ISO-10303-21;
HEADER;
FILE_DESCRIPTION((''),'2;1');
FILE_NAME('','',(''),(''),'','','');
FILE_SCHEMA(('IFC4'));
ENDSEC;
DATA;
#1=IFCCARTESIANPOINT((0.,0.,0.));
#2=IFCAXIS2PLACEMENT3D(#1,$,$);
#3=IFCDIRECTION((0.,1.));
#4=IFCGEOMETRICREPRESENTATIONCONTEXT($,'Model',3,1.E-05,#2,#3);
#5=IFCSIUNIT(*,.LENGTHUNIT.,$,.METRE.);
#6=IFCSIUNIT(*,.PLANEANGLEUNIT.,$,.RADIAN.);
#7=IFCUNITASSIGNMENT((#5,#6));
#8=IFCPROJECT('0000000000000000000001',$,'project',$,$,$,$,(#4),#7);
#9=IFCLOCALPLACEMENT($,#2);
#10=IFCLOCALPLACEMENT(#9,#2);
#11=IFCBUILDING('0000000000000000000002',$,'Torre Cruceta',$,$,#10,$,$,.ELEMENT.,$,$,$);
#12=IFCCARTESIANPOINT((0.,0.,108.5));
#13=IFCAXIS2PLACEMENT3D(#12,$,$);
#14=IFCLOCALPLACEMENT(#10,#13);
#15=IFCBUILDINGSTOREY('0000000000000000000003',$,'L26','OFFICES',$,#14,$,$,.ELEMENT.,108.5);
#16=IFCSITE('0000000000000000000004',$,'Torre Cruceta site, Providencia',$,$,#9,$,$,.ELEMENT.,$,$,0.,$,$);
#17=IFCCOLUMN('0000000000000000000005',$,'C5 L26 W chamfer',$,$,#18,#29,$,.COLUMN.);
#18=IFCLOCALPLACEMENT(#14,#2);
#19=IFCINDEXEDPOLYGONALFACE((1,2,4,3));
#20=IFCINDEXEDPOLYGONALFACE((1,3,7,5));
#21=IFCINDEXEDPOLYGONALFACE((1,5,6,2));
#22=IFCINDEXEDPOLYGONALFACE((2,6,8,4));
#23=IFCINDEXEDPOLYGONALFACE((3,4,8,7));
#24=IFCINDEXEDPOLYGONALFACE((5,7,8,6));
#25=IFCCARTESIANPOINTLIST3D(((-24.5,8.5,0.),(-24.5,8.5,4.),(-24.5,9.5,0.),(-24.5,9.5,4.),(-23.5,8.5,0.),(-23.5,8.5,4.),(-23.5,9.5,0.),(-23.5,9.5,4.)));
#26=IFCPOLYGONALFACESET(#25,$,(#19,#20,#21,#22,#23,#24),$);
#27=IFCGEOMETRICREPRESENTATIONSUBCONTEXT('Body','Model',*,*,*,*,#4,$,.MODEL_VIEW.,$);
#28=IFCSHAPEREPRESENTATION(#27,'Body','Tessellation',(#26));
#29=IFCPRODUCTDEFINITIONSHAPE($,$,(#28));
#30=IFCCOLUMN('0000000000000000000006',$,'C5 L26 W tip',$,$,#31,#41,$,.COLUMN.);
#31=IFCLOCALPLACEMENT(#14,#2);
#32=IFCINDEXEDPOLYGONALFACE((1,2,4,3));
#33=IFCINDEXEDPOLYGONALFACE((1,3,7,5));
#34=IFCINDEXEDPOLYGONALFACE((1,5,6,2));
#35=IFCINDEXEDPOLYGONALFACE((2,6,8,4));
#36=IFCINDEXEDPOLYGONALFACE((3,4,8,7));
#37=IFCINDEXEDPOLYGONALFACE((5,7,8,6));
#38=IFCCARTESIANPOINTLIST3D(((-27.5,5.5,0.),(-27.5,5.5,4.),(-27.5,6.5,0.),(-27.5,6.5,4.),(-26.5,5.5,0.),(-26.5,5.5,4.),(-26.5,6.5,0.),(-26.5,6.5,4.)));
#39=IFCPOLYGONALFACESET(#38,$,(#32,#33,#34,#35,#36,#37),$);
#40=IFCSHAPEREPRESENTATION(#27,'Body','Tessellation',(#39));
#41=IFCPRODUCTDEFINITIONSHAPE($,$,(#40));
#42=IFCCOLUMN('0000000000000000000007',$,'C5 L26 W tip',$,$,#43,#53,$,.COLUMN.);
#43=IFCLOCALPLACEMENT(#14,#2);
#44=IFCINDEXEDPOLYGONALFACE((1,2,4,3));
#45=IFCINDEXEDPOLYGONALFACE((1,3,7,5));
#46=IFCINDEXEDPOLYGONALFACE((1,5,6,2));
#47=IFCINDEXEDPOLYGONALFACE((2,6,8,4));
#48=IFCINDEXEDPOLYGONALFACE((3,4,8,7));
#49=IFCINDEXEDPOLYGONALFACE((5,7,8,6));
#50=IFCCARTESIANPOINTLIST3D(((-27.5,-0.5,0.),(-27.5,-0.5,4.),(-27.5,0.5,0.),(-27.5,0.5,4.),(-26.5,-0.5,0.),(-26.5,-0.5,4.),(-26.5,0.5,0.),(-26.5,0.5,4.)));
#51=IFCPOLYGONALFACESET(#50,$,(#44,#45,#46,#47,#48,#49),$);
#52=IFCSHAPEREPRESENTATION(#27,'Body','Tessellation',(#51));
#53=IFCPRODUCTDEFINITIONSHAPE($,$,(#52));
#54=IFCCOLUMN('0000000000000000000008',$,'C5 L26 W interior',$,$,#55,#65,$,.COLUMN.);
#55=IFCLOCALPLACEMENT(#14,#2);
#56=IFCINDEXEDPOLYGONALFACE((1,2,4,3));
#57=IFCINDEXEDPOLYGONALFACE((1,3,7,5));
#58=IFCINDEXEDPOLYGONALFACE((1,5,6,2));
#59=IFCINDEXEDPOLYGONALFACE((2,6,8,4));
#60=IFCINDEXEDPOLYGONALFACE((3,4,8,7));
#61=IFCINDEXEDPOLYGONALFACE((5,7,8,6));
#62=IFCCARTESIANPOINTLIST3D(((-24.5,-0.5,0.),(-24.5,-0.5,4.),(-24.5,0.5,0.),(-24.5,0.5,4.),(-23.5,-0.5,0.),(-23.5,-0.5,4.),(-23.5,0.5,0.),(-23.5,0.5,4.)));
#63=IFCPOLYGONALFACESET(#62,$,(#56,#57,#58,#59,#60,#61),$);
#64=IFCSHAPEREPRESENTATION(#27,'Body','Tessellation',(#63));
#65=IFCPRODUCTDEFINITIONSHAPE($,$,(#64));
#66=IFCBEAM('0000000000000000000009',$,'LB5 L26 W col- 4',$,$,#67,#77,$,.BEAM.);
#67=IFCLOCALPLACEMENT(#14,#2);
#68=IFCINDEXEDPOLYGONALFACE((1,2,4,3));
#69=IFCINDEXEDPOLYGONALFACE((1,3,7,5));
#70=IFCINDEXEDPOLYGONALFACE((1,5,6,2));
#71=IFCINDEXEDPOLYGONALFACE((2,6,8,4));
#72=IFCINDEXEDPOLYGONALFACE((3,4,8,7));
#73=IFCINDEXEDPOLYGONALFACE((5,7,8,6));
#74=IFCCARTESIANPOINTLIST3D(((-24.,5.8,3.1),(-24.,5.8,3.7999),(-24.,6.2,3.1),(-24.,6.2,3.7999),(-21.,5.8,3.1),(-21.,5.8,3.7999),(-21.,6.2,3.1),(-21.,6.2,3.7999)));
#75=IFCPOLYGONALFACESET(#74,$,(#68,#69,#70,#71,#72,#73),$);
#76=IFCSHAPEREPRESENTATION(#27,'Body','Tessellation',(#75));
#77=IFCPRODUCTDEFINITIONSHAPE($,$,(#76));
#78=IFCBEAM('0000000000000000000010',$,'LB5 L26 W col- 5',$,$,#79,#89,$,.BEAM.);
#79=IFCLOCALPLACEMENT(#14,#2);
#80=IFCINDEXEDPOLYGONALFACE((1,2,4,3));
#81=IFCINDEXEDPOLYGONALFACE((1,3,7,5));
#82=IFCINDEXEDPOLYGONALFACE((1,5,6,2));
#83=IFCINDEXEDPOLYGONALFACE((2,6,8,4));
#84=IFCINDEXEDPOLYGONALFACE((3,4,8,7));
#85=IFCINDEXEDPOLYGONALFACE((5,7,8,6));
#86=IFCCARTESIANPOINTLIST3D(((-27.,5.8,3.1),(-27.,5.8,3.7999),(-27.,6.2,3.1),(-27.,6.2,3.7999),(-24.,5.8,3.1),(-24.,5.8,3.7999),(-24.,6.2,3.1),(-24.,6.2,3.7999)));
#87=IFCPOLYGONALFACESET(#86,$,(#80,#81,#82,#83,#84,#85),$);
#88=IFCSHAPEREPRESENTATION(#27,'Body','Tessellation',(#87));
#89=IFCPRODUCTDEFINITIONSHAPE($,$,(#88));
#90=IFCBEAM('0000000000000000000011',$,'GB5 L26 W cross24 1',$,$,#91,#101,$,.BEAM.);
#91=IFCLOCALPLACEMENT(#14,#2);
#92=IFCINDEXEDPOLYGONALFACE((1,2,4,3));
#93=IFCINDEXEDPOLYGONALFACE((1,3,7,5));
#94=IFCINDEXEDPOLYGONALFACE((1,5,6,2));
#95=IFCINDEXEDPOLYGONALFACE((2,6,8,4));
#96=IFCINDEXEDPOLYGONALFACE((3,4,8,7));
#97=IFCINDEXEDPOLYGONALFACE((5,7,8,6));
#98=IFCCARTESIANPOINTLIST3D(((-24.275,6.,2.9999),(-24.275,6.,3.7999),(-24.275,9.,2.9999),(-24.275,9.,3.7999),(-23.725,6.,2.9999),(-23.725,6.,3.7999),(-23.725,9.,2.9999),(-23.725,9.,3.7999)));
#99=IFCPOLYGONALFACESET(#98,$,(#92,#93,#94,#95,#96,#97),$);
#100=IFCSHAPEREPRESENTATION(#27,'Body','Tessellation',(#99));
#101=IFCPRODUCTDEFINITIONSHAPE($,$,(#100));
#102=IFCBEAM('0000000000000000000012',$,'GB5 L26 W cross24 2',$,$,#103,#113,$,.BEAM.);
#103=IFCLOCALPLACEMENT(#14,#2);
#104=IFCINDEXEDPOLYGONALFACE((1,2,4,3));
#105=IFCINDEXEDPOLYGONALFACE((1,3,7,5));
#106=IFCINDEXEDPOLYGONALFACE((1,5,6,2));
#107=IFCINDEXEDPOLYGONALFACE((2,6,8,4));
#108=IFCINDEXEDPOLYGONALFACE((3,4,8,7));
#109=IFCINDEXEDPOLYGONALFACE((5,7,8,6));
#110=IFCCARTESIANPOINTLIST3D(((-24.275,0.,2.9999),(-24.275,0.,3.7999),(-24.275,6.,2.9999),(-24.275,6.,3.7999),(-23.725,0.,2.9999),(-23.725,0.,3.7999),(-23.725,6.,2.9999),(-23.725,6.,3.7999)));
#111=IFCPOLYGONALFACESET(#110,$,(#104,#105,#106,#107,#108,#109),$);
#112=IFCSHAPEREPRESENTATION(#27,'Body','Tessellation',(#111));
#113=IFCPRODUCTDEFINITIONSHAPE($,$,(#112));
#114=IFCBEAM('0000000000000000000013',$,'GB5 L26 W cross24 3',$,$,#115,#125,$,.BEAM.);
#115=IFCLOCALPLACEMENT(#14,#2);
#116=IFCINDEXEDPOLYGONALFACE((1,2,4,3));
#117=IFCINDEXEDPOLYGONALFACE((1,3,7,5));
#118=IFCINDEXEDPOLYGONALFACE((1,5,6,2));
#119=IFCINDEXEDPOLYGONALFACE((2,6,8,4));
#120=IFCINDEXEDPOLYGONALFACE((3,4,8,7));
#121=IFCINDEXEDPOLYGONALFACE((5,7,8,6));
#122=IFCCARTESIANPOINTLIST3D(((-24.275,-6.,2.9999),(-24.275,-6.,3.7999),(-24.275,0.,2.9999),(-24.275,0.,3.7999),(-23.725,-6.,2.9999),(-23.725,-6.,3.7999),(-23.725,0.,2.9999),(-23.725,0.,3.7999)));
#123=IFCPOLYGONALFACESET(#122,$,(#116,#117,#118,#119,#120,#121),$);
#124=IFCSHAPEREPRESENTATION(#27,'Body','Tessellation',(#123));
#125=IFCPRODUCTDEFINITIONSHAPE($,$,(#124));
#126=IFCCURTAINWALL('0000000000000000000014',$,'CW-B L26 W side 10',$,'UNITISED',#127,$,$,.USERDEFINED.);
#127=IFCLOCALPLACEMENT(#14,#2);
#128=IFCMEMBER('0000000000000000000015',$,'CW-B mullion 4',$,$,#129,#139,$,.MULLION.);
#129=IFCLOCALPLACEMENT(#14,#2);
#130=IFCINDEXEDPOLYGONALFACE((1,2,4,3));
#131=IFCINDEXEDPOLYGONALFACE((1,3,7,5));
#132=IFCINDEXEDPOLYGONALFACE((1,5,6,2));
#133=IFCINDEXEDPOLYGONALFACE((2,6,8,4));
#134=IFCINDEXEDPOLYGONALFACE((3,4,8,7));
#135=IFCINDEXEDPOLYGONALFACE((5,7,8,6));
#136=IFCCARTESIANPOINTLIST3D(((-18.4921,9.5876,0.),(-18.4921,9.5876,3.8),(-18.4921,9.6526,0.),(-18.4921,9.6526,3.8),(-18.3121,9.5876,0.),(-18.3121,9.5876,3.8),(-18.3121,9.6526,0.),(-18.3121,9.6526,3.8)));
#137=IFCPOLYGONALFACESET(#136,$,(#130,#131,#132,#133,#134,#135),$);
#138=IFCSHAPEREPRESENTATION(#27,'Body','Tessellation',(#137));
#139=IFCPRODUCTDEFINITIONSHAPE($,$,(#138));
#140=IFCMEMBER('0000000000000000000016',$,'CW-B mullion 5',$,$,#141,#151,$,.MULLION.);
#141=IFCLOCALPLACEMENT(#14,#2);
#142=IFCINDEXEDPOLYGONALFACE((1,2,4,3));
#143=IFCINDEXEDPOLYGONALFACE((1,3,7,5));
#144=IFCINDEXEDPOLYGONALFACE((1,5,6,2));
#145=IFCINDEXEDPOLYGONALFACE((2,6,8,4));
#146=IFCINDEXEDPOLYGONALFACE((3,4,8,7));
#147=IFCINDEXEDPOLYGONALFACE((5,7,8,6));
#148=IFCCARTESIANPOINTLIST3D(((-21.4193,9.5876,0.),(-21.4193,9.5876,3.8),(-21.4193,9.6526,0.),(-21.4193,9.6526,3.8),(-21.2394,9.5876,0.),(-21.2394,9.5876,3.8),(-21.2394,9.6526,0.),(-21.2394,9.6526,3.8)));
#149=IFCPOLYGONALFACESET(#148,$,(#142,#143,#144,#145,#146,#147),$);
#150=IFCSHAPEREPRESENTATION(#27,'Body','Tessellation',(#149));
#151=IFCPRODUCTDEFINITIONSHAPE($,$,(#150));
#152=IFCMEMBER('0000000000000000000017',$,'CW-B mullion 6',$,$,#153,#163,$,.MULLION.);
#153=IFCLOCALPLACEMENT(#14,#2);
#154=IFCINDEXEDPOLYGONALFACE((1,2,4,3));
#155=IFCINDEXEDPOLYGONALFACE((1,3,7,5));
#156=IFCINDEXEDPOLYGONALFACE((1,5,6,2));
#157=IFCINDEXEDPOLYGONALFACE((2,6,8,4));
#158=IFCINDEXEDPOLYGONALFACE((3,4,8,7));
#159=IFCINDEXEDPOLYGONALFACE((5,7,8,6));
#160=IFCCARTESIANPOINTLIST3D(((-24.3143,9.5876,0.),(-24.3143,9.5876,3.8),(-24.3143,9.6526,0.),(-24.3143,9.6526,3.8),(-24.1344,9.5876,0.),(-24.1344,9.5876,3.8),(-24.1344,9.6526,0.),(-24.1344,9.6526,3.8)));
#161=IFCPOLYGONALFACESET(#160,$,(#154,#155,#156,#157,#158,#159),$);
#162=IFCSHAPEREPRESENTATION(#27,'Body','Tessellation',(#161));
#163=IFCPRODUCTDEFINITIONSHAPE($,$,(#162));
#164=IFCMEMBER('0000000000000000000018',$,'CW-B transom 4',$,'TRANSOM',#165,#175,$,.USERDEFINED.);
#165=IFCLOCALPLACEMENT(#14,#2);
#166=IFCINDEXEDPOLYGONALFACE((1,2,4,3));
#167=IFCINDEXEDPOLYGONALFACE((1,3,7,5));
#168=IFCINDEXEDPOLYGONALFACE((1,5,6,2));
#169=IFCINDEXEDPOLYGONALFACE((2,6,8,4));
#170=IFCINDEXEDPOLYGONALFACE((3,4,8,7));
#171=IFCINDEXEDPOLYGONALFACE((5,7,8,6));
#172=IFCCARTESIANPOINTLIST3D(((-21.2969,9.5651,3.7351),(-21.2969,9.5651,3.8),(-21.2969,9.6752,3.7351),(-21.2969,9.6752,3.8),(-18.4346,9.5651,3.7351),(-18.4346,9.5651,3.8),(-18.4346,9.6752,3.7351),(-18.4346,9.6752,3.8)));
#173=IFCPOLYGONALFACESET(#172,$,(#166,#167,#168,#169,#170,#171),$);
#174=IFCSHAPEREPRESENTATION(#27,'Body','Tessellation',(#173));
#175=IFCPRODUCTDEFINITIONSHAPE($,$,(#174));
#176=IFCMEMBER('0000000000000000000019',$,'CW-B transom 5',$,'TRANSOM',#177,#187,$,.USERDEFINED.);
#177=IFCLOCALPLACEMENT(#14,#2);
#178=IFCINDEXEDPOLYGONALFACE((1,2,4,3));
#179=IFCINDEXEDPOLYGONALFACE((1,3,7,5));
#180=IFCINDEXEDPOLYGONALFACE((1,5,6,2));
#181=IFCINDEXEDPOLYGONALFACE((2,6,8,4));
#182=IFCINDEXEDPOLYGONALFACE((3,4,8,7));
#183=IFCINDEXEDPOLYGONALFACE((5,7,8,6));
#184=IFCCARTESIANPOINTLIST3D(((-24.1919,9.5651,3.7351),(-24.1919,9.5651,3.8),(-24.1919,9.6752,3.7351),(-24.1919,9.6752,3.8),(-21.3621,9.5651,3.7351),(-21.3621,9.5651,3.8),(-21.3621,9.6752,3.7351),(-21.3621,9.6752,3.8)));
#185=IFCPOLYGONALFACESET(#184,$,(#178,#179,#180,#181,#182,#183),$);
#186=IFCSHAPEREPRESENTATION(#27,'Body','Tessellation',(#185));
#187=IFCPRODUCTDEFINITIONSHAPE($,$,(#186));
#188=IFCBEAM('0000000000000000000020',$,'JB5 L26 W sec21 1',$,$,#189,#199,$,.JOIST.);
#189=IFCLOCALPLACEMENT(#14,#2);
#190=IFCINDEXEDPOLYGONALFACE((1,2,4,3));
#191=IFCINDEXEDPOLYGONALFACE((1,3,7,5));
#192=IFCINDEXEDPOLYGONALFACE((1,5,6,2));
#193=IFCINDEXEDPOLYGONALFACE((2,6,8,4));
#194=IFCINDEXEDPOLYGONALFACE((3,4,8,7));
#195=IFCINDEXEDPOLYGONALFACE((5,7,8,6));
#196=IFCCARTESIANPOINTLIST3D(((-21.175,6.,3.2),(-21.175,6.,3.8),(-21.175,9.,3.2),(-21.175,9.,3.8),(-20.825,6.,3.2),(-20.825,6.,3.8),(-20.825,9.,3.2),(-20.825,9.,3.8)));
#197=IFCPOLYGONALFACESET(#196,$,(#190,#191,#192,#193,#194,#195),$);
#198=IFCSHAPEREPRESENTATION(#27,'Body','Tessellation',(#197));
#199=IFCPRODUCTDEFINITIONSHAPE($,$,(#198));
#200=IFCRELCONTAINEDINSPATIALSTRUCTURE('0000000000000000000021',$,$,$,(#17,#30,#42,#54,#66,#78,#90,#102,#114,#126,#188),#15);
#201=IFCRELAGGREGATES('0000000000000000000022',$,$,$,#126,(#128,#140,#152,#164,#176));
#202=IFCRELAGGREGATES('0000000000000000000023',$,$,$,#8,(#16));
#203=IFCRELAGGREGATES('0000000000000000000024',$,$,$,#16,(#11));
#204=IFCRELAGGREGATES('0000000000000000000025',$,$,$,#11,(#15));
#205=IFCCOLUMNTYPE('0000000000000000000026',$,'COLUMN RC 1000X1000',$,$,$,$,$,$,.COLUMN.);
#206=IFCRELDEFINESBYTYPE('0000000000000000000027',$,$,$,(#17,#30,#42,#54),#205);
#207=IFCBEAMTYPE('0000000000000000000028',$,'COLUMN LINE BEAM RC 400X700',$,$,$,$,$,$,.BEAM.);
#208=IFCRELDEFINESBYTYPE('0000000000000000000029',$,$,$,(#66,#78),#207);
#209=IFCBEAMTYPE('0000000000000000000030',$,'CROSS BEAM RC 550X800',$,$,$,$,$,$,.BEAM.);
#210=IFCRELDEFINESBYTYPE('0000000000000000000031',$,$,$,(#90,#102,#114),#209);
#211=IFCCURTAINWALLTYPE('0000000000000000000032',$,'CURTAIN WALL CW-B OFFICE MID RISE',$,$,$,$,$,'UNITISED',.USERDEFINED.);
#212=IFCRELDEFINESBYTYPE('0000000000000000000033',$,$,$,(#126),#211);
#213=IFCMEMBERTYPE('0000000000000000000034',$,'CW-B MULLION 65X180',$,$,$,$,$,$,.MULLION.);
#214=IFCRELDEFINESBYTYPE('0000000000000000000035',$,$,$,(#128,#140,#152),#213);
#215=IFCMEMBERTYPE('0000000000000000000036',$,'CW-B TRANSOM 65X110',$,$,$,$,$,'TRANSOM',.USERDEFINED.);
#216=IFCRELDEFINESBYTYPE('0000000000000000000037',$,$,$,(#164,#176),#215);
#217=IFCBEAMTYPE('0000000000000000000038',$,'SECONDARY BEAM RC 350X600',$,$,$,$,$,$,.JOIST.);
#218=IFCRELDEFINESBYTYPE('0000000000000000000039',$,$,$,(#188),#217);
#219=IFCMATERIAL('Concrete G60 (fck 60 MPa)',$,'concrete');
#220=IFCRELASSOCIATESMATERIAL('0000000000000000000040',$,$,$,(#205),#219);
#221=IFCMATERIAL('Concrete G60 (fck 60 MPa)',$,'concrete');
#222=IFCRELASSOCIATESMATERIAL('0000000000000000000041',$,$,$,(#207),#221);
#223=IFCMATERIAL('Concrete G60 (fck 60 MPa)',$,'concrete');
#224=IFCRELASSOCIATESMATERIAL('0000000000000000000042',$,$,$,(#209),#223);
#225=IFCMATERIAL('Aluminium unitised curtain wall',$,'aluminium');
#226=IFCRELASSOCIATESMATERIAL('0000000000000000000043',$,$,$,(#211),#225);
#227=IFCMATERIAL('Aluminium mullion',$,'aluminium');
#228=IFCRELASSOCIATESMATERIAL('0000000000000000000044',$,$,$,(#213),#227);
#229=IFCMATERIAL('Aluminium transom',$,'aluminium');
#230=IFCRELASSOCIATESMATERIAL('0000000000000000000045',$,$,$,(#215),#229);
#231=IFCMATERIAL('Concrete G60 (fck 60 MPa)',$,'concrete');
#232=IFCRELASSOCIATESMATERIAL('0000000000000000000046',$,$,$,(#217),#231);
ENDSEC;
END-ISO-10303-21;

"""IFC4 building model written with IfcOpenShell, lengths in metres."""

from ifc_helpers import new_model, si_unit, direction, frame, origin, origin_2d, place, context, subcontext, project, spatial, rectangle, extrude, material, material_profile, profile_set, type_object, element, aggregate, save


model = new_model("IFC4")

# Units and contexts
model_context = context("Model", 3, precision=1e-05, world=origin(), true_north=direction((0.0, 1.0)))
body_context = subcontext(model_context, "Body", "Model", "MODEL_VIEW")
ifc_project = project(units=[si_unit("LENGTHUNIT", "METRE"), si_unit("PLANEANGLEUNIT", "RADIAN")], contexts=[model_context])

# Site, building, storey
site_placement = place(None, origin())
site = spatial("IfcSite", under=ifc_project, at=site_placement, Name="Torre Cruceta site, Providencia", CompositionType="ELEMENT", RefElevation=0.0)
building_placement = place(site_placement, origin())
building = spatial("IfcBuilding", under=site, at=building_placement, Name="Torre Cruceta", CompositionType="ELEMENT")
storey_placement = place(building_placement, frame((0.0, 0.0, 108.5)))
storey = spatial("IfcBuildingStorey", under=building, at=storey_placement, Name="L26", Description="OFFICES", CompositionType="ELEMENT", Elevation=108.5)

# Columns
ifc_material_1 = material(Name="Concrete G60 (fck 60 MPa)", Category="concrete")
ifc_material_profile_1 = material_profile(ifc_material_1, rectangle(XDim=1.0, YDim=1.0, at=origin_2d()), Name="RC 1000X1000")
ifc_profile_set_1 = profile_set([ifc_material_profile_1], Name="Concrete G60 (fck 60 MPa)")
column_type = type_object("IfcColumnType", Name="COLUMN RC 1000X1000", PredefinedType="COLUMN", material=ifc_profile_set_1)
for number, where, z_axis, x_axis, name in (
    (1, (-24.0, 9.0, 0.0), (0.0, 0.0, 1.0), (1.0, 0.0, 0.0), "C5 L26 W chamfer"),
    (2, (-27.0, 6.0, 0.0), (0.0, 0.0, 1.0), (1.0, 0.0, 0.0), "C5 L26 W tip"),
    (3, (-27.0, 0.0, 0.0), (0.0, 0.0, 1.0), (1.0, 0.0, 0.0), "C5 L26 W tip"),
    (4, (-24.0, 0.0, 0.0), (0.0, 0.0, 1.0), (1.0, 0.0, 0.0), "C5 L26 W interior"),
):
    element("IfcColumn", number, at=place(storey_placement, frame(where, z_axis=z_axis, x_axis=x_axis)), inside=storey, type_object=column_type, Name=name, PredefinedType="COLUMN", context=body_context, shape_type="SweptSolid", body=[
        extrude(rectangle(XDim=1.0, YDim=1.0, at=origin_2d()), origin(), (0.0, 0.0, 1.0), 4.0),
    ])

# Beams
ifc_material_2 = material(Name="Concrete G60 (fck 60 MPa)", Category="concrete")
ifc_material_profile_2 = material_profile(ifc_material_2, rectangle(XDim=0.3999, YDim=0.7, at=origin_2d()), Name="RC 400X700")
ifc_profile_set_2 = profile_set([ifc_material_profile_2], Name="Concrete G60 (fck 60 MPa)")
beam_type_1 = type_object("IfcBeamType", Name="COLUMN LINE BEAM RC 400X700", PredefinedType="BEAM", material=ifc_profile_set_2)
for number, where, z_axis, x_axis, name in (
    (5, (-21.0, 6.0, 3.45), (-1.0, 0.0, 0.0), (0.0, -1.0, 0.0), "LB5 L26 W col- 4"),
    (6, (-24.0, 6.0, 3.45), (-1.0, 0.0, 0.0), (0.0, -1.0, 0.0), "LB5 L26 W col- 5"),
):
    element("IfcBeam", number, at=place(storey_placement, frame(where, z_axis=z_axis, x_axis=x_axis)), inside=storey, type_object=beam_type_1, Name=name, PredefinedType="BEAM", context=body_context, shape_type="SweptSolid", body=[
        extrude(rectangle(XDim=0.3999, YDim=0.7, at=origin_2d()), origin(), (0.0, 0.0, 1.0), 3.0),
    ])
ifc_material_3 = material(Name="Concrete G60 (fck 60 MPa)", Category="concrete")
ifc_material_profile_3 = material_profile(ifc_material_3, rectangle(XDim=0.55, YDim=0.8, at=origin_2d()), Name="RC 550X800")
ifc_profile_set_3 = profile_set([ifc_material_profile_3], Name="Concrete G60 (fck 60 MPa)")
beam_type_2 = type_object("IfcBeamType", Name="CROSS BEAM RC 550X800", PredefinedType="BEAM", material=ifc_profile_set_3)
beam_1_placement = place(storey_placement, frame((-24.0, 9.0, 3.3999), z_axis=(0.0, -1.0, 0.0), x_axis=(1.0, 0.0, 0.0)))
element("IfcBeam", 7, at=beam_1_placement, inside=storey, type_object=beam_type_2, Name="GB5 L26 W cross24 1", PredefinedType="BEAM", context=body_context, shape_type="SweptSolid", body=[
    extrude(rectangle(XDim=0.55, YDim=0.8, at=origin_2d()), origin(), (0.0, 0.0, 1.0), 3.0),
])
for number, where, z_axis, x_axis, name in (
    (8, (-24.0, 6.0, 3.3999), (0.0, -1.0, 0.0), (1.0, 0.0, 0.0), "GB5 L26 W cross24 2"),
    (9, (-24.0, 0.0, 3.3999), (0.0, -1.0, 0.0), (1.0, 0.0, 0.0), "GB5 L26 W cross24 3"),
):
    element("IfcBeam", number, at=place(storey_placement, frame(where, z_axis=z_axis, x_axis=x_axis)), inside=storey, type_object=beam_type_2, Name=name, PredefinedType="BEAM", context=body_context, shape_type="SweptSolid", body=[
        extrude(rectangle(XDim=0.55, YDim=0.8, at=origin_2d()), origin(), (0.0, 0.0, 1.0), 6.0),
    ])

# Curtain wall, members
ifc_material_4 = material(Name="Aluminium unitised curtain wall", Category="aluminium")
curtain_wall_type = type_object("IfcCurtainWallType", Name="CURTAIN WALL CW-B OFFICE MID RISE", ElementType="UNITISED", PredefinedType="USERDEFINED", material=ifc_material_4)
curtain_wall_placement = place(storey_placement, origin())
curtain_wall = element("IfcCurtainWall", 10, at=curtain_wall_placement, inside=storey, type_object=curtain_wall_type, Name="CW-B L26 W side 10", ObjectType="UNITISED", PredefinedType="USERDEFINED")
ifc_material_5 = material(Name="Aluminium mullion", Category="aluminium")
ifc_material_profile_4 = material_profile(ifc_material_5, rectangle(XDim=0.0649, YDim=0.1799, at=origin_2d()), Name="AL 65X180")
ifc_profile_set_4 = profile_set([ifc_material_profile_4], Name="Aluminium mullion")
member_type_1 = type_object("IfcMemberType", Name="CW-B MULLION 65X180", PredefinedType="MULLION", material=ifc_profile_set_4)
member_1_placement = place(storey_placement, frame((-18.4021, 9.6201, 0.0), z_axis=(0.0, 0.0, 1.0), x_axis=(0.0, -1.0, 0.0)))
member_1 = element("IfcMember", 11, at=member_1_placement, type_object=member_type_1, Name="CW-B mullion 4", PredefinedType="MULLION", context=body_context, shape_type="SweptSolid", body=[
    extrude(rectangle(XDim=0.0649, YDim=0.1799, at=origin_2d()), origin(), (0.0, 0.0, 1.0), 3.8),
])
member_2_placement = place(storey_placement, frame((-21.3293, 9.6201, 0.0), z_axis=(0.0, 0.0, 1.0), x_axis=(0.0, -1.0, 0.0)))
member_2 = element("IfcMember", 12, at=member_2_placement, type_object=member_type_1, Name="CW-B mullion 5", PredefinedType="MULLION", context=body_context, shape_type="SweptSolid", body=[
    extrude(rectangle(XDim=0.0649, YDim=0.1799, at=origin_2d()), origin(), (0.0, 0.0, 1.0), 3.8),
])
member_3_placement = place(storey_placement, frame((-24.2244, 9.6201, 0.0), z_axis=(0.0, 0.0, 1.0), x_axis=(0.0, -1.0, 0.0)))
member_3 = element("IfcMember", 13, at=member_3_placement, type_object=member_type_1, Name="CW-B mullion 6", PredefinedType="MULLION", context=body_context, shape_type="SweptSolid", body=[
    extrude(rectangle(XDim=0.0649, YDim=0.1799, at=origin_2d()), origin(), (0.0, 0.0, 1.0), 3.8),
])
ifc_material_6 = material(Name="Aluminium transom", Category="aluminium")
ifc_material_profile_5 = material_profile(ifc_material_6, rectangle(XDim=0.1101, YDim=0.0649, at=origin_2d()), Name="AL 110X65")
ifc_profile_set_5 = profile_set([ifc_material_profile_5], Name="Aluminium transom")
member_type_2 = type_object("IfcMemberType", Name="CW-B TRANSOM 65X110", ElementType="TRANSOM", PredefinedType="USERDEFINED", material=ifc_profile_set_5)
member_4_placement = place(storey_placement, frame((-18.4346, 9.6201, 3.7676), z_axis=(-1.0, 0.0, 0.0), x_axis=(0.0, -1.0, 0.0)))
member_4 = element("IfcMember", 14, at=member_4_placement, type_object=member_type_2, Name="CW-B transom 4", ObjectType="TRANSOM", PredefinedType="USERDEFINED", context=body_context, shape_type="SweptSolid", body=[
    extrude(rectangle(XDim=0.1101, YDim=0.0649, at=origin_2d()), origin(), (0.0, 0.0, 1.0), 2.8623),
])
member_5_placement = place(storey_placement, frame((-21.3621, 9.6201, 3.7676), z_axis=(-1.0, 0.0, 0.0), x_axis=(0.0, -1.0, 0.0)))
member_5 = element("IfcMember", 15, at=member_5_placement, type_object=member_type_2, Name="CW-B transom 5", ObjectType="TRANSOM", PredefinedType="USERDEFINED", context=body_context, shape_type="SweptSolid", body=[
    extrude(rectangle(XDim=0.1101, YDim=0.0649, at=origin_2d()), origin(), (0.0, 0.0, 1.0), 2.8298),
])

# Beam
ifc_material_7 = material(Name="Concrete G60 (fck 60 MPa)", Category="concrete")
ifc_material_profile_6 = material_profile(ifc_material_7, rectangle(XDim=0.3501, YDim=0.6001, at=origin_2d()), Name="RC 350X600")
ifc_profile_set_6 = profile_set([ifc_material_profile_6], Name="Concrete G60 (fck 60 MPa)")
beam_type_3 = type_object("IfcBeamType", Name="SECONDARY BEAM RC 350X600", PredefinedType="JOIST", material=ifc_profile_set_6)
beam_2_placement = place(storey_placement, frame((-21.0, 9.0, 3.5), z_axis=(0.0, -1.0, 0.0), x_axis=(1.0, 0.0, 0.0)))
element("IfcBeam", 16, at=beam_2_placement, inside=storey, type_object=beam_type_3, Name="JB5 L26 W sec21 1", PredefinedType="JOIST", context=body_context, shape_type="SweptSolid", body=[
    extrude(rectangle(XDim=0.3501, YDim=0.6001, at=origin_2d()), origin(), (0.0, 0.0, 1.0), 3.0),
])

aggregate(curtain_wall, [member_1, member_2, member_3, member_4, member_5])

save(model, "model.ifc")
